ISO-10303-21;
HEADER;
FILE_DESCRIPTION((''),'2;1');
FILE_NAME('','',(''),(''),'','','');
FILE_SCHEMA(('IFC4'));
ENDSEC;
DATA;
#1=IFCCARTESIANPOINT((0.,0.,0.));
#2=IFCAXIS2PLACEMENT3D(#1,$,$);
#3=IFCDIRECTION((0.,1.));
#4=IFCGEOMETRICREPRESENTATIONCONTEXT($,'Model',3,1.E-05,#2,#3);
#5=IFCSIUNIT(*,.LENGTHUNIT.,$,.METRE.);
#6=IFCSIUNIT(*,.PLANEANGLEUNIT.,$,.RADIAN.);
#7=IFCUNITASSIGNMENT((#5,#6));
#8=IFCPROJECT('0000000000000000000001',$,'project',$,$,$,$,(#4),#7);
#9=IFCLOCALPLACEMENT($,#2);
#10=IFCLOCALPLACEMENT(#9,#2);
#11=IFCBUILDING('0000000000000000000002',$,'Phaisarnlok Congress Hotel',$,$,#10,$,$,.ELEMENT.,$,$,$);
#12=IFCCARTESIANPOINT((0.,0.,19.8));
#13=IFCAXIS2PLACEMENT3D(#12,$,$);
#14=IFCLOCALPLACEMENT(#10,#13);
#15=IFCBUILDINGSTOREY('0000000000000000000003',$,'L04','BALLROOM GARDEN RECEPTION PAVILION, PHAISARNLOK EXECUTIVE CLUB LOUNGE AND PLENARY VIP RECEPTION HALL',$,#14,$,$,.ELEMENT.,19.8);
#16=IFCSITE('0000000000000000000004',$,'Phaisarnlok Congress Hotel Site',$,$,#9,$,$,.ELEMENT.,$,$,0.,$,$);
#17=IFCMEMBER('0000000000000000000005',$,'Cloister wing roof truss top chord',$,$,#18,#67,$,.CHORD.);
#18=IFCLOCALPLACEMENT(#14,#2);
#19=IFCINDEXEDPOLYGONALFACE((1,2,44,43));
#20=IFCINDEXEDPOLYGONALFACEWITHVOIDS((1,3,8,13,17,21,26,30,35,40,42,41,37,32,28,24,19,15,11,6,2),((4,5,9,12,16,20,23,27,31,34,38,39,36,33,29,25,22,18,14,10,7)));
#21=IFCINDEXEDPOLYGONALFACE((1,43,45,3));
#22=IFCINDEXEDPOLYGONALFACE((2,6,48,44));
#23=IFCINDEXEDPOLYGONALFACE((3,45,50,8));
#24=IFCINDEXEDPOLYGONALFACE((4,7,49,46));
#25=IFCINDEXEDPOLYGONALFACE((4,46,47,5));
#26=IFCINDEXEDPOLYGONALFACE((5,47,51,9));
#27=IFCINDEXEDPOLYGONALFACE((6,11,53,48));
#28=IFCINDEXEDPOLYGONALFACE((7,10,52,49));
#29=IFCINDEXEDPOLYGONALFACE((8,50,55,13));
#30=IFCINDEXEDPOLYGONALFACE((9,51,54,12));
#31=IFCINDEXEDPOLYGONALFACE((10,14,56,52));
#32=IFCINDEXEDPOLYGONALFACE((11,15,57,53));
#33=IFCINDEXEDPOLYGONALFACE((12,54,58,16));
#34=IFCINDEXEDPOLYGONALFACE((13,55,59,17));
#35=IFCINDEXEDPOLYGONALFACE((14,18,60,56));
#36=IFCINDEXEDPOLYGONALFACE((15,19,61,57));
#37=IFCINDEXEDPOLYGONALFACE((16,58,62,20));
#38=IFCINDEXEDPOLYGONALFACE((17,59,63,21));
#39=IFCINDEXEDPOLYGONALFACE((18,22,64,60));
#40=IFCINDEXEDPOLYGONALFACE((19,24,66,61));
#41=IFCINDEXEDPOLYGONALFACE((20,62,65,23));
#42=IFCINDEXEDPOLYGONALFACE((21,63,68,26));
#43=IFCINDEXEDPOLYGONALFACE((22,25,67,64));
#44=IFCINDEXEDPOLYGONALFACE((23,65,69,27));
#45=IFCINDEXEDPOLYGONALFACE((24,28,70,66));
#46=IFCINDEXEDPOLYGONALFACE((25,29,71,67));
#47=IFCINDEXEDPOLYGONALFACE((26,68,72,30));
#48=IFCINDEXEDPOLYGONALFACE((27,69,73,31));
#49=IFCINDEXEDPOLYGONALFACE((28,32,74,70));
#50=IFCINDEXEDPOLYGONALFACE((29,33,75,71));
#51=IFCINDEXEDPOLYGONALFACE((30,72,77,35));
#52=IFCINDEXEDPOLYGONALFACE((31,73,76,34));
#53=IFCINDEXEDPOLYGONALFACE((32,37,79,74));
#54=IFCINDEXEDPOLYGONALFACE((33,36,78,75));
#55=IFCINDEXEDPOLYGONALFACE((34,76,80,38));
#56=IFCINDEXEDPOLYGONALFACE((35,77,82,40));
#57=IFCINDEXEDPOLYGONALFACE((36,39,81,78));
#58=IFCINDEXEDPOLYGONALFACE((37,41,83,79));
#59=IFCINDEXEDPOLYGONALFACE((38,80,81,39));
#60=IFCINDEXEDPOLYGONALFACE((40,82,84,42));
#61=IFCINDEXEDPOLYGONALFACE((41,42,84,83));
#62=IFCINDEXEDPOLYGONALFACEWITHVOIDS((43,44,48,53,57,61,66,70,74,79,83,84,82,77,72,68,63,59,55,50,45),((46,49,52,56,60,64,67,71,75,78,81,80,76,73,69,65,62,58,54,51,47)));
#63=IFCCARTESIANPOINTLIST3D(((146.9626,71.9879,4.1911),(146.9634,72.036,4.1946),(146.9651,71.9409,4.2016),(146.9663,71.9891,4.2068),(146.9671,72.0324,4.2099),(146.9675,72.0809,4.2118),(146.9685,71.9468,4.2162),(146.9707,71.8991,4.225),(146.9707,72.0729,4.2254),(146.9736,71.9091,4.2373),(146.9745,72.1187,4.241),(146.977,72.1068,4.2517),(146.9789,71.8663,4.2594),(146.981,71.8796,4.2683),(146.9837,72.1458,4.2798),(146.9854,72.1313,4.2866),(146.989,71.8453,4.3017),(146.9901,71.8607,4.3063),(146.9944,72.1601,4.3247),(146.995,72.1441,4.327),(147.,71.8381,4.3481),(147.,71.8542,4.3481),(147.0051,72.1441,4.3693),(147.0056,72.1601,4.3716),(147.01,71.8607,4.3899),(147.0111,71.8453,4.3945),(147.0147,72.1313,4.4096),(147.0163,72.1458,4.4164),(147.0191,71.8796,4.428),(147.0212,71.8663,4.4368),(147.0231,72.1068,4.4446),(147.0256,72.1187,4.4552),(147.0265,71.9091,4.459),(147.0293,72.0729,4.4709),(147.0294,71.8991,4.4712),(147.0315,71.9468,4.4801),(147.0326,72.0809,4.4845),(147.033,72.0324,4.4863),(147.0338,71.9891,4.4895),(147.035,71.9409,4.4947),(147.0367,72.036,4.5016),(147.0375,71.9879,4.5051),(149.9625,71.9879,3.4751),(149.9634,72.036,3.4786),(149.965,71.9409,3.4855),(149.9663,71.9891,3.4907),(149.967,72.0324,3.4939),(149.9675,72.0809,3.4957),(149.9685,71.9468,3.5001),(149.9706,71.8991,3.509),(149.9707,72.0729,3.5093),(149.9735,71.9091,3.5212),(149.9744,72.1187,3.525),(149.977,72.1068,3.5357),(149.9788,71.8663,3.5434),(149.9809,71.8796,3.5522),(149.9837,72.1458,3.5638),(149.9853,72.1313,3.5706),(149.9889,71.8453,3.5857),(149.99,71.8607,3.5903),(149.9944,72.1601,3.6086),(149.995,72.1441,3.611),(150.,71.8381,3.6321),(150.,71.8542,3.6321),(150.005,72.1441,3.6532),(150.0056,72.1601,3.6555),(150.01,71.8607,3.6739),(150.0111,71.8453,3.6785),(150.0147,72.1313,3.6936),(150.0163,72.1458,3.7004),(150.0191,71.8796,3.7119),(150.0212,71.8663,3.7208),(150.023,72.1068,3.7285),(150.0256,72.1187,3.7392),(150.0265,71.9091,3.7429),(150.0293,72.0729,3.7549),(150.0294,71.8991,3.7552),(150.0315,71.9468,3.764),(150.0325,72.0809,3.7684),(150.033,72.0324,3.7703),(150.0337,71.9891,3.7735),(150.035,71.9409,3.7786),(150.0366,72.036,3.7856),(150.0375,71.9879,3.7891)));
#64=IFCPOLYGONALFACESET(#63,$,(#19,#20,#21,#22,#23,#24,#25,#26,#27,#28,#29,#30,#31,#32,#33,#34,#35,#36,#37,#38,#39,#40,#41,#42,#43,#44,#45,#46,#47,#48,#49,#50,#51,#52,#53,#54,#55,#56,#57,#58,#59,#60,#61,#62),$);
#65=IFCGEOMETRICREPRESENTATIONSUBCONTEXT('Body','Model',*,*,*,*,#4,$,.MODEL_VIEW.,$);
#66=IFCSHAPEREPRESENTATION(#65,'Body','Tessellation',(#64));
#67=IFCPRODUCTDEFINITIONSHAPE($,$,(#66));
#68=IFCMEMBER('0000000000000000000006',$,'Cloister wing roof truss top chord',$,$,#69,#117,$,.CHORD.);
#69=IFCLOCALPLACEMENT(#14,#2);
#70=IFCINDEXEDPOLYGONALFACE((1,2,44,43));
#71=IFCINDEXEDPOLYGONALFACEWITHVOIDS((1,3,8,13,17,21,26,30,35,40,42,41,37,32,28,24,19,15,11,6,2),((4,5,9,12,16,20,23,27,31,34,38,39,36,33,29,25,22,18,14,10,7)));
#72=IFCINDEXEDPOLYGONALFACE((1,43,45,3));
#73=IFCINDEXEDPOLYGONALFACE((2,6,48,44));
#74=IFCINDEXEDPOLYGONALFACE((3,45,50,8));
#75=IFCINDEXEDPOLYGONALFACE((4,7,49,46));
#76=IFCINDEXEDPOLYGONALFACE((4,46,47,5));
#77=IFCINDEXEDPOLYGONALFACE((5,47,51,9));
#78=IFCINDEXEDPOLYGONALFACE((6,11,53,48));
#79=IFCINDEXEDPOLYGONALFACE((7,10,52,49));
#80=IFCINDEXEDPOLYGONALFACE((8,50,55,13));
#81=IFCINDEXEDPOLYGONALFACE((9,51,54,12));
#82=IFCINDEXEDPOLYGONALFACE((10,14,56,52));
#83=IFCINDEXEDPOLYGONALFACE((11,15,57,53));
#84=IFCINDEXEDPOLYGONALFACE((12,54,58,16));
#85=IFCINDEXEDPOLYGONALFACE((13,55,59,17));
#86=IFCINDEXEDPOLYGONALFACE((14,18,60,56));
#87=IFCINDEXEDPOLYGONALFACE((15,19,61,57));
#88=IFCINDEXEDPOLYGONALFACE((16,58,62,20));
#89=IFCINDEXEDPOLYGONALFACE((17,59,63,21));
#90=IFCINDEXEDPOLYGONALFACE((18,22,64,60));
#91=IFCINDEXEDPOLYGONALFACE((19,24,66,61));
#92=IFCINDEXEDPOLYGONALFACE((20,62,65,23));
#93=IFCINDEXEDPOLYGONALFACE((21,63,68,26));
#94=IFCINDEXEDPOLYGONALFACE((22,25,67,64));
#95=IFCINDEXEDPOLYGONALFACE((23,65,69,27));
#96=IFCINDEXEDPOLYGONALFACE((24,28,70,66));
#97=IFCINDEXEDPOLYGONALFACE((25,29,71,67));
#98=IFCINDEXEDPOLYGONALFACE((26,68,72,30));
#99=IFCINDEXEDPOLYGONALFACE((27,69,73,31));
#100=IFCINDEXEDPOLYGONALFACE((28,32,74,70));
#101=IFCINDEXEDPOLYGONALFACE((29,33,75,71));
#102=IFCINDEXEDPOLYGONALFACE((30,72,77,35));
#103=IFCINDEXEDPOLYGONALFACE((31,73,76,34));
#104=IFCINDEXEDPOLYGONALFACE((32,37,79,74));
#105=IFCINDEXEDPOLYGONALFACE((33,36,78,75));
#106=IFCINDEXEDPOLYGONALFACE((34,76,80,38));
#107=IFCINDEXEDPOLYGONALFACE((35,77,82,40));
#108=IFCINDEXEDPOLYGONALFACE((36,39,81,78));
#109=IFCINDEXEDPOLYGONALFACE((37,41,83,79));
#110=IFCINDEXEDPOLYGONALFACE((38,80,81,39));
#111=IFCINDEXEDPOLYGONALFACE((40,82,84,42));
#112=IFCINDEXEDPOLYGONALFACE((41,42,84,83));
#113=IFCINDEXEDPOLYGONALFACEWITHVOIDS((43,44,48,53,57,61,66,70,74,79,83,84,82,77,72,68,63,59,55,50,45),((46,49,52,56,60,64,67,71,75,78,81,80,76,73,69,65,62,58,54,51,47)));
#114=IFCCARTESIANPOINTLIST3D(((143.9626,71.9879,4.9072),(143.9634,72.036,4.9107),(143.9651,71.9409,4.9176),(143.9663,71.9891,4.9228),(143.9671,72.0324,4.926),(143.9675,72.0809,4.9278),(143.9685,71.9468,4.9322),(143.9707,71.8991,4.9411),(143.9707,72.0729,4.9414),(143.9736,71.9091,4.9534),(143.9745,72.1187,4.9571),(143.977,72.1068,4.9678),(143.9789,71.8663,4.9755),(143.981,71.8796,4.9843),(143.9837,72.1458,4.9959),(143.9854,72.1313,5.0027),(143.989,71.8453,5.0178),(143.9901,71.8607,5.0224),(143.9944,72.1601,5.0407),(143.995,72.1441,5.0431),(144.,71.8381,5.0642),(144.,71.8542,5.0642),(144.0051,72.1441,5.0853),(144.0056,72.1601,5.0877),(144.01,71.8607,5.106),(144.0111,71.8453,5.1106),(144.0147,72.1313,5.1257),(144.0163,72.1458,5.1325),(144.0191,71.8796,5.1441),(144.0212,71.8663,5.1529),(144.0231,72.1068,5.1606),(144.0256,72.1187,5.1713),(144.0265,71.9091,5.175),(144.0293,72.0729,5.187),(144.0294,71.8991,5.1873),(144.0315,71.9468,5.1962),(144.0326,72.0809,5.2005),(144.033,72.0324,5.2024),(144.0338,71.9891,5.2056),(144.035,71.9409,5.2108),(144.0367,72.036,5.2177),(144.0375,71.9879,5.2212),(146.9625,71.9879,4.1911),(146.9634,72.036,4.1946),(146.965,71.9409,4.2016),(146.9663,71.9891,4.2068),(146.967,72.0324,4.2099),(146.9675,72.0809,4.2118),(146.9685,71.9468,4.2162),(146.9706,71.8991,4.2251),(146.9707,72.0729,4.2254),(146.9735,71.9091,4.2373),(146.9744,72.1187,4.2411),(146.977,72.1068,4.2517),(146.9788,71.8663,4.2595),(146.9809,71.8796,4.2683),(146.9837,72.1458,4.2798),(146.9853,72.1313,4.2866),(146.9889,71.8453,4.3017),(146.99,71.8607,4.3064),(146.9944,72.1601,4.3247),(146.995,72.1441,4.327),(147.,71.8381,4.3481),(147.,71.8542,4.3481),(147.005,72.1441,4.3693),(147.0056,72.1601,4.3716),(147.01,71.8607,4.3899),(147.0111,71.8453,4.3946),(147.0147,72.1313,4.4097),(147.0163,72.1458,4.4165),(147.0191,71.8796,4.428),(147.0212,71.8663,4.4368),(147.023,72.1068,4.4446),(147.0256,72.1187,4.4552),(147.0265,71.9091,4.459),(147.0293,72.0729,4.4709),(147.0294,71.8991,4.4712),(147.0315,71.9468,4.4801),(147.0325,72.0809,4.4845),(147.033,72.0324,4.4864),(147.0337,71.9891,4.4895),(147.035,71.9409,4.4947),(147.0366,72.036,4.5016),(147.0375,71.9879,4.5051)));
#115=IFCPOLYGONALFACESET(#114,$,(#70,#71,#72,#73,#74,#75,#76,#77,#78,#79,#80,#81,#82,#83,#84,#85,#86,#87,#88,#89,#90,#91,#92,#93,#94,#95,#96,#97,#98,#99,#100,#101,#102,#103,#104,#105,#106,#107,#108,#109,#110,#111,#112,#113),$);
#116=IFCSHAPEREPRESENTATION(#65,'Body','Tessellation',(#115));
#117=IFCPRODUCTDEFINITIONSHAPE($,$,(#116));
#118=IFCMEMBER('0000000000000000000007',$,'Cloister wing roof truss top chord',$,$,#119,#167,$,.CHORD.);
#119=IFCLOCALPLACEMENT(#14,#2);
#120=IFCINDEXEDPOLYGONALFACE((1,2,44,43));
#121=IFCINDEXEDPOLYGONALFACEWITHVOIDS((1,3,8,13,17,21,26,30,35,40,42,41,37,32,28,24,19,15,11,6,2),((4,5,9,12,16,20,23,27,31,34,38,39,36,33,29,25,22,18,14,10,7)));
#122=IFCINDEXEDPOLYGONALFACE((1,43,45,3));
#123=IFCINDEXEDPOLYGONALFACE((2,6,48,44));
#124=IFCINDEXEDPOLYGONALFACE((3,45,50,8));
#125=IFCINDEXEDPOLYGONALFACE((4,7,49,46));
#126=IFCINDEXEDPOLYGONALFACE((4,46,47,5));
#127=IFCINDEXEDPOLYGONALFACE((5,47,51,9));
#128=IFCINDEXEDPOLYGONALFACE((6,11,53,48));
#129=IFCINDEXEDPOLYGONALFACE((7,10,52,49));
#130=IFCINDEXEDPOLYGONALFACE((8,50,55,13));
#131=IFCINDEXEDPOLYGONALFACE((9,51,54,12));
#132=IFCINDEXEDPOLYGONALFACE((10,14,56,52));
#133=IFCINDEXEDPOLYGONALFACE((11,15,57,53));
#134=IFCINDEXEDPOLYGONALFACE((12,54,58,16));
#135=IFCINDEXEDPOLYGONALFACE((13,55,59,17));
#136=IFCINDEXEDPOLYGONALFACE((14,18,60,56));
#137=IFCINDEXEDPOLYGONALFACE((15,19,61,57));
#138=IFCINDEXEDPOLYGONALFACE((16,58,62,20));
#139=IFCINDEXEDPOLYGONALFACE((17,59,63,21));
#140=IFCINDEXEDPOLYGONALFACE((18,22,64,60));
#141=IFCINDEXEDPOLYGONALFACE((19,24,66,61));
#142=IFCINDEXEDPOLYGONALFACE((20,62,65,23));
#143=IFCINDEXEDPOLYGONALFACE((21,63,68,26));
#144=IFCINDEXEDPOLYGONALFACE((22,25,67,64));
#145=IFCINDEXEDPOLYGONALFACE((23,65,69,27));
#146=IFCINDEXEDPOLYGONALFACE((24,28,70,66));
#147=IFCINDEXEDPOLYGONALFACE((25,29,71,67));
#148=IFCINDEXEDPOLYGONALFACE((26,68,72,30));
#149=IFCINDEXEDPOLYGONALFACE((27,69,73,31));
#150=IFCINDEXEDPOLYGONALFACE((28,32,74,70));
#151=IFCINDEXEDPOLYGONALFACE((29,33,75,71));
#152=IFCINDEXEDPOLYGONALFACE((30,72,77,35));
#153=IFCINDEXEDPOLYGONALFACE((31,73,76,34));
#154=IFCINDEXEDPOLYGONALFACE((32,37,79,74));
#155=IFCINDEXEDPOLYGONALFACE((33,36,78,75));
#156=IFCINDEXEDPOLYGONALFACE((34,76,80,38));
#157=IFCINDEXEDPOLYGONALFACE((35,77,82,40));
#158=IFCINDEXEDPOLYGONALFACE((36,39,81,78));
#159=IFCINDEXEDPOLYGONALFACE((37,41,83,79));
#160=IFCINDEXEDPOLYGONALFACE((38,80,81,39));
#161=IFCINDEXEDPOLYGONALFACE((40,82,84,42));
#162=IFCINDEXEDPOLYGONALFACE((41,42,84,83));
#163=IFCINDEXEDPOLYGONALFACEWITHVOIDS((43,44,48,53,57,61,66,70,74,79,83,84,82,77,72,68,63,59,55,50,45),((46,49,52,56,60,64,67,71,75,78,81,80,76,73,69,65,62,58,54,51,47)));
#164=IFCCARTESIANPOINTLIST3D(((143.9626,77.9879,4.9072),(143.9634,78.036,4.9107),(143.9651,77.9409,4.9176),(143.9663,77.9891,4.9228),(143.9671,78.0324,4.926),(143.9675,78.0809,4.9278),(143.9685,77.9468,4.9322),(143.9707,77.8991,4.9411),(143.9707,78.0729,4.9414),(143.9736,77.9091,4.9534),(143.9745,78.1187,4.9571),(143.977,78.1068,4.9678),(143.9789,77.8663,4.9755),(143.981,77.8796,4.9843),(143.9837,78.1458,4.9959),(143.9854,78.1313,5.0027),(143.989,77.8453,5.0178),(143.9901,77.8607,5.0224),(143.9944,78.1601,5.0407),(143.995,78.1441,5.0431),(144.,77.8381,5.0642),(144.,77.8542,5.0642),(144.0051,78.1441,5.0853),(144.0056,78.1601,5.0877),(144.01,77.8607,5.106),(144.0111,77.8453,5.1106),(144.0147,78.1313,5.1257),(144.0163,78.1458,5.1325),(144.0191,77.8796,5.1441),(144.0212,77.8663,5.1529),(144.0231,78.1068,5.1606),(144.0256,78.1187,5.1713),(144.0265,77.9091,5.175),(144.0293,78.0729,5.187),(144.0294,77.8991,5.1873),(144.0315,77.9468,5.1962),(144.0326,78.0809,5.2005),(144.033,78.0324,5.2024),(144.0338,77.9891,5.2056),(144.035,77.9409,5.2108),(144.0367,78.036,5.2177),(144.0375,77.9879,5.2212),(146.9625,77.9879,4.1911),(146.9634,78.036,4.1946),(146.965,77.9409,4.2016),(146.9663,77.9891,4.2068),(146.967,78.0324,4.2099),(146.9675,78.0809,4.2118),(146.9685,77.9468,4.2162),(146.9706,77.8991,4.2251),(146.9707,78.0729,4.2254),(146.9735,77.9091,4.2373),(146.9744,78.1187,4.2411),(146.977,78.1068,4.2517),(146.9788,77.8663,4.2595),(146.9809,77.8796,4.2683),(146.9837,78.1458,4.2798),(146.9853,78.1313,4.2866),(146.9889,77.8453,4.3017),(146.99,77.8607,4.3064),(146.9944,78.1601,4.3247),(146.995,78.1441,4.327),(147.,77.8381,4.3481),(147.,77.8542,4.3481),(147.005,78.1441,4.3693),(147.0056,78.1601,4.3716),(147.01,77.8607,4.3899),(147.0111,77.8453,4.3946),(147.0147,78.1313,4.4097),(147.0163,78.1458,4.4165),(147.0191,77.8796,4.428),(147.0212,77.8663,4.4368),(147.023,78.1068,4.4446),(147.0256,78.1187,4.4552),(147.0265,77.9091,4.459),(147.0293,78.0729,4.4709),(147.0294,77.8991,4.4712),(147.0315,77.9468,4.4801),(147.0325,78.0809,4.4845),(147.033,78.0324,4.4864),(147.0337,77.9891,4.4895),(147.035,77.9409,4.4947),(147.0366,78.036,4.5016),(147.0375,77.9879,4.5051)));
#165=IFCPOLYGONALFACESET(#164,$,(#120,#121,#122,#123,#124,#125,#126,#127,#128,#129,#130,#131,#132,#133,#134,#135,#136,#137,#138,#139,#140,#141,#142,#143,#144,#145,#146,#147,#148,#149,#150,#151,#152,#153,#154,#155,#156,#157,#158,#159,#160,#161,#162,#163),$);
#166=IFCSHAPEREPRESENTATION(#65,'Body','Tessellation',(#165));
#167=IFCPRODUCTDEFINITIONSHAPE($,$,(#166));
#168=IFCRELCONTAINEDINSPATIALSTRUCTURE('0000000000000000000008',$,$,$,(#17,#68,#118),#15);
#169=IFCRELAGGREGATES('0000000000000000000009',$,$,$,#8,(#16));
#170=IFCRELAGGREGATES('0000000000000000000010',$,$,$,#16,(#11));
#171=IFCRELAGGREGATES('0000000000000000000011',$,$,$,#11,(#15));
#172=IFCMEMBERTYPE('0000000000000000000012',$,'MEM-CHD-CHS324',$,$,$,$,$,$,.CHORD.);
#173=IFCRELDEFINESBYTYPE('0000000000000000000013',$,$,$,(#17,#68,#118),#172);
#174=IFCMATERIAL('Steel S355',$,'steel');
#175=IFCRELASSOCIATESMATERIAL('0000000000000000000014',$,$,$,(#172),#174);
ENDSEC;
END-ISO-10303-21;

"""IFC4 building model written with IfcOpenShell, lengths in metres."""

from ifc_helpers import new_model, si_unit, direction, frame, origin, origin_2d, place, context, subcontext, project, spatial, hollow_circle, extrude, material, material_profile, profile_set, type_object, element, save


model = new_model("IFC4")

# Units and contexts
model_context = context("Model", 3, precision=1e-05, world=origin(), true_north=direction((0.0, 1.0)))
body_context = subcontext(model_context, "Body", "Model", "MODEL_VIEW")
ifc_project = project(units=[si_unit("LENGTHUNIT", "METRE"), si_unit("PLANEANGLEUNIT", "RADIAN")], contexts=[model_context])

# Site, building, storey
site_placement = place(None, origin())
site = spatial("IfcSite", under=ifc_project, at=site_placement, Name="Phaisarnlok Congress Hotel Site", CompositionType="ELEMENT", RefElevation=0.0)
building_placement = place(site_placement, origin())
building = spatial("IfcBuilding", under=site, at=building_placement, Name="Phaisarnlok Congress Hotel", CompositionType="ELEMENT")
storey_placement = place(building_placement, frame((0.0, 0.0, 19.8)))
storey = spatial("IfcBuildingStorey", under=building, at=storey_placement, Name="L04", Description="BALLROOM GARDEN RECEPTION PAVILION, PHAISARNLOK EXECUTIVE CLUB LOUNGE AND PLENARY VIP RECEPTION HALL", CompositionType="ELEMENT", Elevation=19.8)

# Shared definitions
ifc_material = material(Name="Steel S355", Category="steel")

# Members
ifc_material_profile_1 = material_profile(ifc_material, hollow_circle(Radius=0.1619, WallThickness=0.0161, at=origin_2d()), Name="CHS 323.9x16")
ifc_profile_set_1 = profile_set([ifc_material_profile_1], Name="Steel S355")
member_type_1 = type_object("IfcMemberType", Name="MEM-CHD-CHS324", PredefinedType="CHORD", material=ifc_profile_set_1)
for number, where, z_axis, x_axis, name in (
    (1, (150.0, 72.0, 3.6321), (-0.972676, 0.0, 0.232166), (0.0, -1.0, 0.0), "Cloister wing roof truss top chord"),
    (2, (147.0, 72.0, 4.3481), (-0.972676, 0.0, 0.232166), (0.0, -1.0, 0.0), "Cloister wing roof truss top chord"),
    (3, (147.0, 78.0, 4.3481), (-0.972676, 0.0, 0.232166), (0.0, -1.0, 0.0), "Cloister wing roof truss top chord"),
):
    element("IfcMember", number, at=place(storey_placement, frame(where, z_axis=z_axis, x_axis=x_axis)), inside=storey, type_object=member_type_1, Name=name, PredefinedType="CHORD", context=body_context, shape_type="SweptSolid", body=[
        extrude(hollow_circle(Radius=0.1619, WallThickness=0.0161, at=origin_2d()), origin(), (0.0, 0.0, 1.0), 3.0842),
    ])

save(model, "model.ifc")
